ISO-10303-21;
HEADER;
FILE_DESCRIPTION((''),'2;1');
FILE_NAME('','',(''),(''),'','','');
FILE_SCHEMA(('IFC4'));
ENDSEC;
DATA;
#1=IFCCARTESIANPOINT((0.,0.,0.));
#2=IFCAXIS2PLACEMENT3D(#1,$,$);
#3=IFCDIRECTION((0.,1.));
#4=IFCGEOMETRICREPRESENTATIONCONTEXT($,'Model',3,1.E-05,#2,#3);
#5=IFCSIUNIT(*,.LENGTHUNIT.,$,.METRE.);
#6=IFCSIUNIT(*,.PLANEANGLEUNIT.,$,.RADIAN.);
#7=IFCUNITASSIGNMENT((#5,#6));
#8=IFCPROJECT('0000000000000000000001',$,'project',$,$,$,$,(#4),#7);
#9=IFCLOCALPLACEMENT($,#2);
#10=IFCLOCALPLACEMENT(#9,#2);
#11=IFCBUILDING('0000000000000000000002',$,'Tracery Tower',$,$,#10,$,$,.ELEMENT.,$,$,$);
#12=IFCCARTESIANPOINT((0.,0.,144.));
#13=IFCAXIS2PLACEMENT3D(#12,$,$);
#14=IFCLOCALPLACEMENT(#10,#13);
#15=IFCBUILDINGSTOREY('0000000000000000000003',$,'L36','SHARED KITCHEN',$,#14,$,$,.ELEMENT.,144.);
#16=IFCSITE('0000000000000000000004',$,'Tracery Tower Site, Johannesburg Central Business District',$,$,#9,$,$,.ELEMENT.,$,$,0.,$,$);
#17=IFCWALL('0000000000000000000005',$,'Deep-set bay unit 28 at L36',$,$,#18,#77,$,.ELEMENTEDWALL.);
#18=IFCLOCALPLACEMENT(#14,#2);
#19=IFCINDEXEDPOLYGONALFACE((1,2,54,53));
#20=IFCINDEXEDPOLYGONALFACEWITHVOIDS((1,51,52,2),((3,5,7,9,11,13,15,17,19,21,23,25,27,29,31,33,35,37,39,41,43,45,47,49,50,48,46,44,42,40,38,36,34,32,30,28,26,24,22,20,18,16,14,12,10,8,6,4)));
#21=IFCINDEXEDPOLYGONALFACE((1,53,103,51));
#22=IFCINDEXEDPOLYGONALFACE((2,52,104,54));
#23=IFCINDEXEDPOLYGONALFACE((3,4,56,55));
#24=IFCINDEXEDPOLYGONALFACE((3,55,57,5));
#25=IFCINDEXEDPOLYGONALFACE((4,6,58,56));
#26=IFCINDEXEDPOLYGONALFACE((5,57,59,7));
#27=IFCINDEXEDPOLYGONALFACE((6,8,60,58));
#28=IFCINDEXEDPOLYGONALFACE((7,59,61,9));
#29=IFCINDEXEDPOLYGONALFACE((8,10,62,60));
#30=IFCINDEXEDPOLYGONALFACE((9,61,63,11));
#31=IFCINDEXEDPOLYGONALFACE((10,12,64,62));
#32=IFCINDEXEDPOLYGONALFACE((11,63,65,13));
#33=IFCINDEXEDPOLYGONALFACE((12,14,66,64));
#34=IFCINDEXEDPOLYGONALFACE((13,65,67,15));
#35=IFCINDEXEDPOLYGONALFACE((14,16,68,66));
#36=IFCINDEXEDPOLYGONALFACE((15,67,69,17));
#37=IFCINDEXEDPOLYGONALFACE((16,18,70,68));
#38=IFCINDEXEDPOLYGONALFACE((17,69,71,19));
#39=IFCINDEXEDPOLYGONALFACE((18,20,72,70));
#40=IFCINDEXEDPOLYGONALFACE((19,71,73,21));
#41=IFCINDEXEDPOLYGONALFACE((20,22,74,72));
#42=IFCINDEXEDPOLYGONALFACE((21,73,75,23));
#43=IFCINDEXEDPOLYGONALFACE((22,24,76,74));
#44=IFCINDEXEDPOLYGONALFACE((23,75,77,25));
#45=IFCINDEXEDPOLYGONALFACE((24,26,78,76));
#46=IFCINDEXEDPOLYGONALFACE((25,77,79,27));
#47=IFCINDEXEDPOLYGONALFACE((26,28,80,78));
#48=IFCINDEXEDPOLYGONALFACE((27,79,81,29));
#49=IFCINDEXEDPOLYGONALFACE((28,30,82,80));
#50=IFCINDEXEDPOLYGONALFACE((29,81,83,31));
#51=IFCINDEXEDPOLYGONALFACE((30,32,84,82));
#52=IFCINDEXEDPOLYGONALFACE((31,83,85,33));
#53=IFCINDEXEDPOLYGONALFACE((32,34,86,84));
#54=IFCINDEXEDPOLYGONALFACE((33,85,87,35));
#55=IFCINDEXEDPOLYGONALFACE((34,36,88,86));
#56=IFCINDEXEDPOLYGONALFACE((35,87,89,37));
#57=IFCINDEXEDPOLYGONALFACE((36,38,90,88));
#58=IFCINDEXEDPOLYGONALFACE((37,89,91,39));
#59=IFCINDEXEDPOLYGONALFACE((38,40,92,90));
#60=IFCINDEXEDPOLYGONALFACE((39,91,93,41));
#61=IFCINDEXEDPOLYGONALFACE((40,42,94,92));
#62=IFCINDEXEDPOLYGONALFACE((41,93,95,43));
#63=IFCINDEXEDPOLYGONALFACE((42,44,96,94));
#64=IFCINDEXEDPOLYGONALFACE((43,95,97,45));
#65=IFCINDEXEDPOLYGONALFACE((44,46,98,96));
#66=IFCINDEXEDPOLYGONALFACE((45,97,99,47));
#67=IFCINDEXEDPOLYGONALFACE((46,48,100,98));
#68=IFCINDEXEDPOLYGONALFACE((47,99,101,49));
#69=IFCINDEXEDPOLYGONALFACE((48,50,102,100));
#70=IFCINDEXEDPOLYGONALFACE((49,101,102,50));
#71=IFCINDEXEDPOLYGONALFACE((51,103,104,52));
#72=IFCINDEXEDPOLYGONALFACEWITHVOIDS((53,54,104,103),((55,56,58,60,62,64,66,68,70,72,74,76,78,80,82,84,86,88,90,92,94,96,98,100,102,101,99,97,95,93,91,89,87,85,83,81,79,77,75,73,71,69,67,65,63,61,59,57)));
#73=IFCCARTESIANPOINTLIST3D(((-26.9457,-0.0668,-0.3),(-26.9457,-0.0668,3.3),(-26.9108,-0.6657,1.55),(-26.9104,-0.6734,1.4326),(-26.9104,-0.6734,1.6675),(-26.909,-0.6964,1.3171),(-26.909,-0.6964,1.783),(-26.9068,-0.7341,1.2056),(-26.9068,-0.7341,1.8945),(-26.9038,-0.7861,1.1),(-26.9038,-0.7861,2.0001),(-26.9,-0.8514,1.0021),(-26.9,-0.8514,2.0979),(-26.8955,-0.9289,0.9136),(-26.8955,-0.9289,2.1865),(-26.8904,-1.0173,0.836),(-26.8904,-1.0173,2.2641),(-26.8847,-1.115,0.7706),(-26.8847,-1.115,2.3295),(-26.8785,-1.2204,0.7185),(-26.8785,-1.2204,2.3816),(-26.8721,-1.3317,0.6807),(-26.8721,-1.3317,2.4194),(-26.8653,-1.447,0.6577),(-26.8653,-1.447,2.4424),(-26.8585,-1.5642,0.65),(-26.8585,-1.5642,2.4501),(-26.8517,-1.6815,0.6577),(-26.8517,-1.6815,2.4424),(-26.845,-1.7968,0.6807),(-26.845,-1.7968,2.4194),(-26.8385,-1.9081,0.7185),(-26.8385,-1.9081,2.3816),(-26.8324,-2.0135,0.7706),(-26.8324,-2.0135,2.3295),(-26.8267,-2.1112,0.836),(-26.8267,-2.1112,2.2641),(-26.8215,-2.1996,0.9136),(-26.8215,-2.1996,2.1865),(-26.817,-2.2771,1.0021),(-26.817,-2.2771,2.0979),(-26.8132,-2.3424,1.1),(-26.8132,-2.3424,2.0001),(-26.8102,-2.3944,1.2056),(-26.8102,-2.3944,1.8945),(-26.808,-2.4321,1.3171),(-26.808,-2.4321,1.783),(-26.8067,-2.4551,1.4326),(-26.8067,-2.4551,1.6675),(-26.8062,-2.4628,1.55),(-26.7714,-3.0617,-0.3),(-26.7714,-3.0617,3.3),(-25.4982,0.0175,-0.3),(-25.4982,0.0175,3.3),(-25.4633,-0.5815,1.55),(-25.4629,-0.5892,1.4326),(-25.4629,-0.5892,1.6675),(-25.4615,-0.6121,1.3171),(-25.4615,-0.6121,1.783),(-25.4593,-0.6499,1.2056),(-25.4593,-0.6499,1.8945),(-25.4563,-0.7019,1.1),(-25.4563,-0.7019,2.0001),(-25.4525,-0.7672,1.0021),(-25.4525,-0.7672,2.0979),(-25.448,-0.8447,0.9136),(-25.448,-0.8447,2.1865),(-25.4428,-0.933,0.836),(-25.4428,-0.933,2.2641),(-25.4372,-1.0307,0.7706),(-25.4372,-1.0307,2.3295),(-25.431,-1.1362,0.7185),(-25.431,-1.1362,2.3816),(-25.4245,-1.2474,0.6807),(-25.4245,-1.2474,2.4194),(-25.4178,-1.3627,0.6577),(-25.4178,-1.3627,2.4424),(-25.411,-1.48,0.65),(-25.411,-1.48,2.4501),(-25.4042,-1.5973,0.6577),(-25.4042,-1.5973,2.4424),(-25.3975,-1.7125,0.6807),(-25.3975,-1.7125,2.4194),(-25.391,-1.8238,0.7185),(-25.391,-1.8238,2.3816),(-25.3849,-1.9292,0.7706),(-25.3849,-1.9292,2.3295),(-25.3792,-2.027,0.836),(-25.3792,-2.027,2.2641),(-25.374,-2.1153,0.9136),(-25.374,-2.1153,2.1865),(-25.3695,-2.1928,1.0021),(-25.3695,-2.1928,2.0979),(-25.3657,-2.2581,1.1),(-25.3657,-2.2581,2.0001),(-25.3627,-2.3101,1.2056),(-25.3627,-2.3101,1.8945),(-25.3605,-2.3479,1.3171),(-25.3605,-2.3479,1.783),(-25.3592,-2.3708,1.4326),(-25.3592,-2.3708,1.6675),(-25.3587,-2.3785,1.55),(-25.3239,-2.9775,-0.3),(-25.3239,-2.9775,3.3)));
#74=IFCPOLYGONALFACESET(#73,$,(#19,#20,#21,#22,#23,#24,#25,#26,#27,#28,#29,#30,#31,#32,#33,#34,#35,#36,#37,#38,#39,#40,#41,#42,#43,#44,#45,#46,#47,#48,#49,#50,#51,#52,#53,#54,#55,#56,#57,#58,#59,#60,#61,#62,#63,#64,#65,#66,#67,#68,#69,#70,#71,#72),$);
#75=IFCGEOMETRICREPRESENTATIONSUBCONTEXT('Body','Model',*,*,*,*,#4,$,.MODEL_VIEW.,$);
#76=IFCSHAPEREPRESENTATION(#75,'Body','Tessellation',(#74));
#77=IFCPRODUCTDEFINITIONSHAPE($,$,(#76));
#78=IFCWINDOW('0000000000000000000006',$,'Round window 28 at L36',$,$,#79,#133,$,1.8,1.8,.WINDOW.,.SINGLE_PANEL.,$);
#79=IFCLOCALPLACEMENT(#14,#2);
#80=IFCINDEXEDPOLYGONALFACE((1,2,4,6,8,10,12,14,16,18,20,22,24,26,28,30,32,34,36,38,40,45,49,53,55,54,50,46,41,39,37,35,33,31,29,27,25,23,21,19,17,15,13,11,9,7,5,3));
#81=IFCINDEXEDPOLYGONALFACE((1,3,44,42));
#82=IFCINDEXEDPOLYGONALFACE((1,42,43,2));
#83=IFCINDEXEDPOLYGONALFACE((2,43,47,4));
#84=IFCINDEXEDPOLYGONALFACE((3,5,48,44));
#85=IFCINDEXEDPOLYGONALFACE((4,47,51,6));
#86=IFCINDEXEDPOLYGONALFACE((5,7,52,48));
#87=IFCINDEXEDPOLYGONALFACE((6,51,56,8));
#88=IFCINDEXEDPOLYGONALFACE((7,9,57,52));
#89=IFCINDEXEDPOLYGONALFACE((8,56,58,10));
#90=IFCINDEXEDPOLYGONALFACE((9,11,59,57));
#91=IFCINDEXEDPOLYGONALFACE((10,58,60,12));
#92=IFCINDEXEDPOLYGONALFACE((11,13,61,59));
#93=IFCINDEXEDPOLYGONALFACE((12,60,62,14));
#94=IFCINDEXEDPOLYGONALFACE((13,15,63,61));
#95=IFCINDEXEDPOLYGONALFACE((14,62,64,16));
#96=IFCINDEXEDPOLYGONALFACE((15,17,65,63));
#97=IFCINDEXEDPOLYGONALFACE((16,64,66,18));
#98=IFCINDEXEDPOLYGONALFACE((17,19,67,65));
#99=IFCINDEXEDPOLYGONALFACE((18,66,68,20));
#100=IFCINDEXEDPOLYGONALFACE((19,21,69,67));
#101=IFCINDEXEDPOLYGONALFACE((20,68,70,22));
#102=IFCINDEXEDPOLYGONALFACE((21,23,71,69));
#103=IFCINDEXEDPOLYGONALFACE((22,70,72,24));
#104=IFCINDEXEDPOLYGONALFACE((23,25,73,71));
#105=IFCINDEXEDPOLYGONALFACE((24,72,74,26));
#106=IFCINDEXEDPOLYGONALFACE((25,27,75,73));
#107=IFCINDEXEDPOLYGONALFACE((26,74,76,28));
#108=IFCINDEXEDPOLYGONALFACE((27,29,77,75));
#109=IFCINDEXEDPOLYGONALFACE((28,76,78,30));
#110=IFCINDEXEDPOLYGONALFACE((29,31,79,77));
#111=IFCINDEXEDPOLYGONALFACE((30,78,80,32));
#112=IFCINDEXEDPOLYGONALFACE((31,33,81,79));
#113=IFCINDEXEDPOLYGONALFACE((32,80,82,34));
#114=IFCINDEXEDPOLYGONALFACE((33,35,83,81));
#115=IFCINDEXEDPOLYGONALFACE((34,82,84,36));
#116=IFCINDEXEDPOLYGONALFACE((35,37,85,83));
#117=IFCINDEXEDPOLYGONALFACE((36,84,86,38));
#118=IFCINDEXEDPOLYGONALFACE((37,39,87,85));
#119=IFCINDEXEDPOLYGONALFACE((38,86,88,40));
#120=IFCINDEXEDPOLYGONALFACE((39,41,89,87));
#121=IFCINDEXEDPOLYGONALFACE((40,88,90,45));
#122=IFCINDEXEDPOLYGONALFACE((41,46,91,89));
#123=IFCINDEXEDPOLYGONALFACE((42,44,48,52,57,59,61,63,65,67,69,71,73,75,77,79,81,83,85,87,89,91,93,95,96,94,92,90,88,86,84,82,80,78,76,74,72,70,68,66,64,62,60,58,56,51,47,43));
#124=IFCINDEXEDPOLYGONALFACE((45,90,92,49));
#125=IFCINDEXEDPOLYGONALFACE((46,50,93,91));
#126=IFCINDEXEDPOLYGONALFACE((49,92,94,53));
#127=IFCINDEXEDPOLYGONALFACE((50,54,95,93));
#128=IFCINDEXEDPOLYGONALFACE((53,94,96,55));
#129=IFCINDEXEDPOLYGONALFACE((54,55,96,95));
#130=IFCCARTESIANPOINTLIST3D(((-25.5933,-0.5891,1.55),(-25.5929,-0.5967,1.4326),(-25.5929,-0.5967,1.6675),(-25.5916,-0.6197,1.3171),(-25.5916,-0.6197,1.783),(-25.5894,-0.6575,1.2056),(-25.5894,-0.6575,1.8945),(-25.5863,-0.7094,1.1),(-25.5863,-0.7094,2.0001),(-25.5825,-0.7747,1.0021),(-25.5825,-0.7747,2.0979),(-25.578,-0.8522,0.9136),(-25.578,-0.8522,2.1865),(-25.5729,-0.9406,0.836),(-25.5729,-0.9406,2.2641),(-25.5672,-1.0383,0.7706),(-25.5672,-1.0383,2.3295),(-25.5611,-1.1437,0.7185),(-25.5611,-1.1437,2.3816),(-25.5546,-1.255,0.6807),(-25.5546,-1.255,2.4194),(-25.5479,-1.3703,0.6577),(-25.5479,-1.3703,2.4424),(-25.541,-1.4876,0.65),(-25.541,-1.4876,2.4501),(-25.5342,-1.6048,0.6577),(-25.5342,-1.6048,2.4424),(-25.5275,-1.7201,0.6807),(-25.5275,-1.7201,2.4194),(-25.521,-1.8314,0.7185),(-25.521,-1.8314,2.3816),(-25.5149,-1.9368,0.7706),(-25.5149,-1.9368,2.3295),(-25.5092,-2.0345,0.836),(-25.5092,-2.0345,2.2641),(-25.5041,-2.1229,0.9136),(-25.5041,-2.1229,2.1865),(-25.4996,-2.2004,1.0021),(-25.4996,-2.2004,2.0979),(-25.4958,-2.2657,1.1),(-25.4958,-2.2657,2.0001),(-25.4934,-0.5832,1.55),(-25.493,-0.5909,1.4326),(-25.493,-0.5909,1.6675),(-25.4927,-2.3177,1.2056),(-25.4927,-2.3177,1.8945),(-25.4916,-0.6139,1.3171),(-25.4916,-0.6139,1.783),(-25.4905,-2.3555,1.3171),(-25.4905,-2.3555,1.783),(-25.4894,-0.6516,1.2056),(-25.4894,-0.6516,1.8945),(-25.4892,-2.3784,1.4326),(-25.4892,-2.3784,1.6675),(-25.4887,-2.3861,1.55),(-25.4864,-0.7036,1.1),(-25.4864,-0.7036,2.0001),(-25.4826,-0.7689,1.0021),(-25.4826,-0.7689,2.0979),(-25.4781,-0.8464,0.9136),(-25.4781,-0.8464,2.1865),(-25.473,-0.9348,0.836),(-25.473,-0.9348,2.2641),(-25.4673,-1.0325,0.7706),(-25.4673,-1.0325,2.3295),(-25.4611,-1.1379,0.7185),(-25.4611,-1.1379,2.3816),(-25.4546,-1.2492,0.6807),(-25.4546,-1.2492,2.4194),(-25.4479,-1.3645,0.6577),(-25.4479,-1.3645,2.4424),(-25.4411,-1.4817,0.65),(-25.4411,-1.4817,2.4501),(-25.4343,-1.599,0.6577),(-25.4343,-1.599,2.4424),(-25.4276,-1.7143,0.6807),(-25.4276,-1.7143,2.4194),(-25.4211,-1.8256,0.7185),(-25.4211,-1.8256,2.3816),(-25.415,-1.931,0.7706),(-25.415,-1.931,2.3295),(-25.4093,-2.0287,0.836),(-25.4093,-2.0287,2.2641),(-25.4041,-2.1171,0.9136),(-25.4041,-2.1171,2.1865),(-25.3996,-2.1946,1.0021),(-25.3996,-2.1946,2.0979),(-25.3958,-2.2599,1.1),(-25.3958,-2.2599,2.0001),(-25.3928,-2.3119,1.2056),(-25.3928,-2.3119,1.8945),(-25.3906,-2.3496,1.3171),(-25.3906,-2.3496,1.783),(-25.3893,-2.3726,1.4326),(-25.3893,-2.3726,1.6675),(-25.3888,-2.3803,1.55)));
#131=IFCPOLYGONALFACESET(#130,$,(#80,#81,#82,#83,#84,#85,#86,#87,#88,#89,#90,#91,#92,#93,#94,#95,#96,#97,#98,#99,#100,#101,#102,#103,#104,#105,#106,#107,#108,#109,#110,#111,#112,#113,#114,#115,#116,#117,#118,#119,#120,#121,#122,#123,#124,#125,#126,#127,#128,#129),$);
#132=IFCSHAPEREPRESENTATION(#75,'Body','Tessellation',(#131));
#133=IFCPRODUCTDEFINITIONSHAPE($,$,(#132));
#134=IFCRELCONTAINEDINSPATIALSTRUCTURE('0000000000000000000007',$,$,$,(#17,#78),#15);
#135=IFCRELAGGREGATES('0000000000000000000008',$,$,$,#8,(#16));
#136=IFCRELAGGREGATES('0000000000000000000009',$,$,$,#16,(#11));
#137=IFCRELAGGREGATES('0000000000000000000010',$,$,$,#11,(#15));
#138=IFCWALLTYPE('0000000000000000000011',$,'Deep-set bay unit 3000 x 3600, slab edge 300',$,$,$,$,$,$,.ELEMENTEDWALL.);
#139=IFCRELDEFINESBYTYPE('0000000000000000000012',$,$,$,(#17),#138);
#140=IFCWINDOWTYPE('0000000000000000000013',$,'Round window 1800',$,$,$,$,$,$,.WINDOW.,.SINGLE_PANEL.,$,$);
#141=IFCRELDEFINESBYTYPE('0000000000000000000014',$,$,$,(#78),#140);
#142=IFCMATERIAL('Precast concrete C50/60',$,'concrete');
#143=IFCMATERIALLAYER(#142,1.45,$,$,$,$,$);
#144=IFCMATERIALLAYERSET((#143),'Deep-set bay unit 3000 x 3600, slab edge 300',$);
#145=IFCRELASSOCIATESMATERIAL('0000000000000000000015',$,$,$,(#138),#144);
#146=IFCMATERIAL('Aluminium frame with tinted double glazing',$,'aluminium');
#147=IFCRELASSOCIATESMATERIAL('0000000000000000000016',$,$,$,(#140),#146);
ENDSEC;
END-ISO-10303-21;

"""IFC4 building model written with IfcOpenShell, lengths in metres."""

from ifc_helpers import new_model, si_unit, direction, frame, frame_2d, origin, origin_2d, place, context, subcontext, project, spatial, rectangle, circle, extrude, material, layer, layer_set, type_object, element, fill, save


model = new_model("IFC4")

# Units and contexts
model_context = context("Model", 3, precision=1e-05, world=origin(), true_north=direction((0.0, 1.0)))
body_context = subcontext(model_context, "Body", "Model", "MODEL_VIEW")
ifc_project = project(units=[si_unit("LENGTHUNIT", "METRE"), si_unit("PLANEANGLEUNIT", "RADIAN")], contexts=[model_context])

# Site, building, storey
site_placement = place(None, origin())
site = spatial("IfcSite", under=ifc_project, at=site_placement, Name="Tracery Tower Site, Johannesburg Central Business District", CompositionType="ELEMENT", RefElevation=0.0)
building_placement = place(site_placement, origin())
building = spatial("IfcBuilding", under=site, at=building_placement, Name="Tracery Tower", CompositionType="ELEMENT")
storey_placement = place(building_placement, frame((0.0, 0.0, 144.0)))
storey = spatial("IfcBuildingStorey", under=building, at=storey_placement, Name="L36", Description="SHARED KITCHEN", CompositionType="ELEMENT", Elevation=144.0)

# Wall, opening, window
ifc_material_1 = material(Name="Precast concrete C50/60", Category="concrete")
ifc_layer_1 = layer(ifc_material_1, 1.45)
ifc_layer_set_1 = layer_set([ifc_layer_1], Name="Deep-set bay unit 3000 x 3600, slab edge 300")
wall_type_1 = type_object("IfcWallType", Name="Deep-set bay unit 3000 x 3600, slab edge 300", PredefinedType="ELEMENTEDWALL", material=ifc_layer_set_1)
wall_1_placement = place(storey_placement, frame((-26.2219, -0.0247, -0.3), z_axis=(0.0, 0.0, 1.0), x_axis=(0.058107, -0.99831, 0.0)))
wall_1 = element("IfcWall", 1, at=wall_1_placement, inside=storey, type_object=wall_type_1, Name="Deep-set bay unit 28 at L36", PredefinedType="ELEMENTEDWALL", context=body_context, shape_type="SweptSolid", body=[
    extrude(rectangle(XDim=3.0, YDim=1.45, at=frame_2d((1.5, 0.0))), origin(), (0.0, 0.0, 1.0), 3.6001),
])
opening_1_placement = place(wall_1_placement, frame((1.5, 0.0, 1.8501)))
opening_1 = element("IfcOpeningElement", 2, at=opening_1_placement, cuts=wall_1, PredefinedType="OPENING", context=body_context, shape_type="SweptSolid", body=[
    extrude(circle(Radius=0.9, at=origin_2d()), frame((0.0, 0.7349, 0.0), z_axis=(0.0, -1.0, 0.0), x_axis=(1.0, 0.0, 0.0)), (0.0, 0.0, 1.0), 1.47),
])
ifc_material_2 = material(Name="Aluminium frame with tinted double glazing", Category="aluminium")
window_type = type_object("IfcWindowType", Name="Round window 1800", PartitioningType="SINGLE_PANEL", PredefinedType="WINDOW", material=ifc_material_2)
window_1_placement = place(opening_1_placement, origin())
window_1 = element("IfcWindow", 3, at=window_1_placement, inside=storey, type_object=window_type, Name="Round window 28 at L36", OverallHeight=1.8, OverallWidth=1.8, PartitioningType="SINGLE_PANEL", PredefinedType="WINDOW", context=body_context, shape_type="SweptSolid", body=[
    extrude(circle(Radius=0.9, at=origin_2d()), frame((0.0, 0.6948, 0.0), z_axis=(0.0, -1.0, 0.0), x_axis=(1.0, 0.0, 0.0)), (0.0, 0.0, 1.0), 0.1001),
])
fill(opening_1, window_1)

save(model, "model.ifc")
